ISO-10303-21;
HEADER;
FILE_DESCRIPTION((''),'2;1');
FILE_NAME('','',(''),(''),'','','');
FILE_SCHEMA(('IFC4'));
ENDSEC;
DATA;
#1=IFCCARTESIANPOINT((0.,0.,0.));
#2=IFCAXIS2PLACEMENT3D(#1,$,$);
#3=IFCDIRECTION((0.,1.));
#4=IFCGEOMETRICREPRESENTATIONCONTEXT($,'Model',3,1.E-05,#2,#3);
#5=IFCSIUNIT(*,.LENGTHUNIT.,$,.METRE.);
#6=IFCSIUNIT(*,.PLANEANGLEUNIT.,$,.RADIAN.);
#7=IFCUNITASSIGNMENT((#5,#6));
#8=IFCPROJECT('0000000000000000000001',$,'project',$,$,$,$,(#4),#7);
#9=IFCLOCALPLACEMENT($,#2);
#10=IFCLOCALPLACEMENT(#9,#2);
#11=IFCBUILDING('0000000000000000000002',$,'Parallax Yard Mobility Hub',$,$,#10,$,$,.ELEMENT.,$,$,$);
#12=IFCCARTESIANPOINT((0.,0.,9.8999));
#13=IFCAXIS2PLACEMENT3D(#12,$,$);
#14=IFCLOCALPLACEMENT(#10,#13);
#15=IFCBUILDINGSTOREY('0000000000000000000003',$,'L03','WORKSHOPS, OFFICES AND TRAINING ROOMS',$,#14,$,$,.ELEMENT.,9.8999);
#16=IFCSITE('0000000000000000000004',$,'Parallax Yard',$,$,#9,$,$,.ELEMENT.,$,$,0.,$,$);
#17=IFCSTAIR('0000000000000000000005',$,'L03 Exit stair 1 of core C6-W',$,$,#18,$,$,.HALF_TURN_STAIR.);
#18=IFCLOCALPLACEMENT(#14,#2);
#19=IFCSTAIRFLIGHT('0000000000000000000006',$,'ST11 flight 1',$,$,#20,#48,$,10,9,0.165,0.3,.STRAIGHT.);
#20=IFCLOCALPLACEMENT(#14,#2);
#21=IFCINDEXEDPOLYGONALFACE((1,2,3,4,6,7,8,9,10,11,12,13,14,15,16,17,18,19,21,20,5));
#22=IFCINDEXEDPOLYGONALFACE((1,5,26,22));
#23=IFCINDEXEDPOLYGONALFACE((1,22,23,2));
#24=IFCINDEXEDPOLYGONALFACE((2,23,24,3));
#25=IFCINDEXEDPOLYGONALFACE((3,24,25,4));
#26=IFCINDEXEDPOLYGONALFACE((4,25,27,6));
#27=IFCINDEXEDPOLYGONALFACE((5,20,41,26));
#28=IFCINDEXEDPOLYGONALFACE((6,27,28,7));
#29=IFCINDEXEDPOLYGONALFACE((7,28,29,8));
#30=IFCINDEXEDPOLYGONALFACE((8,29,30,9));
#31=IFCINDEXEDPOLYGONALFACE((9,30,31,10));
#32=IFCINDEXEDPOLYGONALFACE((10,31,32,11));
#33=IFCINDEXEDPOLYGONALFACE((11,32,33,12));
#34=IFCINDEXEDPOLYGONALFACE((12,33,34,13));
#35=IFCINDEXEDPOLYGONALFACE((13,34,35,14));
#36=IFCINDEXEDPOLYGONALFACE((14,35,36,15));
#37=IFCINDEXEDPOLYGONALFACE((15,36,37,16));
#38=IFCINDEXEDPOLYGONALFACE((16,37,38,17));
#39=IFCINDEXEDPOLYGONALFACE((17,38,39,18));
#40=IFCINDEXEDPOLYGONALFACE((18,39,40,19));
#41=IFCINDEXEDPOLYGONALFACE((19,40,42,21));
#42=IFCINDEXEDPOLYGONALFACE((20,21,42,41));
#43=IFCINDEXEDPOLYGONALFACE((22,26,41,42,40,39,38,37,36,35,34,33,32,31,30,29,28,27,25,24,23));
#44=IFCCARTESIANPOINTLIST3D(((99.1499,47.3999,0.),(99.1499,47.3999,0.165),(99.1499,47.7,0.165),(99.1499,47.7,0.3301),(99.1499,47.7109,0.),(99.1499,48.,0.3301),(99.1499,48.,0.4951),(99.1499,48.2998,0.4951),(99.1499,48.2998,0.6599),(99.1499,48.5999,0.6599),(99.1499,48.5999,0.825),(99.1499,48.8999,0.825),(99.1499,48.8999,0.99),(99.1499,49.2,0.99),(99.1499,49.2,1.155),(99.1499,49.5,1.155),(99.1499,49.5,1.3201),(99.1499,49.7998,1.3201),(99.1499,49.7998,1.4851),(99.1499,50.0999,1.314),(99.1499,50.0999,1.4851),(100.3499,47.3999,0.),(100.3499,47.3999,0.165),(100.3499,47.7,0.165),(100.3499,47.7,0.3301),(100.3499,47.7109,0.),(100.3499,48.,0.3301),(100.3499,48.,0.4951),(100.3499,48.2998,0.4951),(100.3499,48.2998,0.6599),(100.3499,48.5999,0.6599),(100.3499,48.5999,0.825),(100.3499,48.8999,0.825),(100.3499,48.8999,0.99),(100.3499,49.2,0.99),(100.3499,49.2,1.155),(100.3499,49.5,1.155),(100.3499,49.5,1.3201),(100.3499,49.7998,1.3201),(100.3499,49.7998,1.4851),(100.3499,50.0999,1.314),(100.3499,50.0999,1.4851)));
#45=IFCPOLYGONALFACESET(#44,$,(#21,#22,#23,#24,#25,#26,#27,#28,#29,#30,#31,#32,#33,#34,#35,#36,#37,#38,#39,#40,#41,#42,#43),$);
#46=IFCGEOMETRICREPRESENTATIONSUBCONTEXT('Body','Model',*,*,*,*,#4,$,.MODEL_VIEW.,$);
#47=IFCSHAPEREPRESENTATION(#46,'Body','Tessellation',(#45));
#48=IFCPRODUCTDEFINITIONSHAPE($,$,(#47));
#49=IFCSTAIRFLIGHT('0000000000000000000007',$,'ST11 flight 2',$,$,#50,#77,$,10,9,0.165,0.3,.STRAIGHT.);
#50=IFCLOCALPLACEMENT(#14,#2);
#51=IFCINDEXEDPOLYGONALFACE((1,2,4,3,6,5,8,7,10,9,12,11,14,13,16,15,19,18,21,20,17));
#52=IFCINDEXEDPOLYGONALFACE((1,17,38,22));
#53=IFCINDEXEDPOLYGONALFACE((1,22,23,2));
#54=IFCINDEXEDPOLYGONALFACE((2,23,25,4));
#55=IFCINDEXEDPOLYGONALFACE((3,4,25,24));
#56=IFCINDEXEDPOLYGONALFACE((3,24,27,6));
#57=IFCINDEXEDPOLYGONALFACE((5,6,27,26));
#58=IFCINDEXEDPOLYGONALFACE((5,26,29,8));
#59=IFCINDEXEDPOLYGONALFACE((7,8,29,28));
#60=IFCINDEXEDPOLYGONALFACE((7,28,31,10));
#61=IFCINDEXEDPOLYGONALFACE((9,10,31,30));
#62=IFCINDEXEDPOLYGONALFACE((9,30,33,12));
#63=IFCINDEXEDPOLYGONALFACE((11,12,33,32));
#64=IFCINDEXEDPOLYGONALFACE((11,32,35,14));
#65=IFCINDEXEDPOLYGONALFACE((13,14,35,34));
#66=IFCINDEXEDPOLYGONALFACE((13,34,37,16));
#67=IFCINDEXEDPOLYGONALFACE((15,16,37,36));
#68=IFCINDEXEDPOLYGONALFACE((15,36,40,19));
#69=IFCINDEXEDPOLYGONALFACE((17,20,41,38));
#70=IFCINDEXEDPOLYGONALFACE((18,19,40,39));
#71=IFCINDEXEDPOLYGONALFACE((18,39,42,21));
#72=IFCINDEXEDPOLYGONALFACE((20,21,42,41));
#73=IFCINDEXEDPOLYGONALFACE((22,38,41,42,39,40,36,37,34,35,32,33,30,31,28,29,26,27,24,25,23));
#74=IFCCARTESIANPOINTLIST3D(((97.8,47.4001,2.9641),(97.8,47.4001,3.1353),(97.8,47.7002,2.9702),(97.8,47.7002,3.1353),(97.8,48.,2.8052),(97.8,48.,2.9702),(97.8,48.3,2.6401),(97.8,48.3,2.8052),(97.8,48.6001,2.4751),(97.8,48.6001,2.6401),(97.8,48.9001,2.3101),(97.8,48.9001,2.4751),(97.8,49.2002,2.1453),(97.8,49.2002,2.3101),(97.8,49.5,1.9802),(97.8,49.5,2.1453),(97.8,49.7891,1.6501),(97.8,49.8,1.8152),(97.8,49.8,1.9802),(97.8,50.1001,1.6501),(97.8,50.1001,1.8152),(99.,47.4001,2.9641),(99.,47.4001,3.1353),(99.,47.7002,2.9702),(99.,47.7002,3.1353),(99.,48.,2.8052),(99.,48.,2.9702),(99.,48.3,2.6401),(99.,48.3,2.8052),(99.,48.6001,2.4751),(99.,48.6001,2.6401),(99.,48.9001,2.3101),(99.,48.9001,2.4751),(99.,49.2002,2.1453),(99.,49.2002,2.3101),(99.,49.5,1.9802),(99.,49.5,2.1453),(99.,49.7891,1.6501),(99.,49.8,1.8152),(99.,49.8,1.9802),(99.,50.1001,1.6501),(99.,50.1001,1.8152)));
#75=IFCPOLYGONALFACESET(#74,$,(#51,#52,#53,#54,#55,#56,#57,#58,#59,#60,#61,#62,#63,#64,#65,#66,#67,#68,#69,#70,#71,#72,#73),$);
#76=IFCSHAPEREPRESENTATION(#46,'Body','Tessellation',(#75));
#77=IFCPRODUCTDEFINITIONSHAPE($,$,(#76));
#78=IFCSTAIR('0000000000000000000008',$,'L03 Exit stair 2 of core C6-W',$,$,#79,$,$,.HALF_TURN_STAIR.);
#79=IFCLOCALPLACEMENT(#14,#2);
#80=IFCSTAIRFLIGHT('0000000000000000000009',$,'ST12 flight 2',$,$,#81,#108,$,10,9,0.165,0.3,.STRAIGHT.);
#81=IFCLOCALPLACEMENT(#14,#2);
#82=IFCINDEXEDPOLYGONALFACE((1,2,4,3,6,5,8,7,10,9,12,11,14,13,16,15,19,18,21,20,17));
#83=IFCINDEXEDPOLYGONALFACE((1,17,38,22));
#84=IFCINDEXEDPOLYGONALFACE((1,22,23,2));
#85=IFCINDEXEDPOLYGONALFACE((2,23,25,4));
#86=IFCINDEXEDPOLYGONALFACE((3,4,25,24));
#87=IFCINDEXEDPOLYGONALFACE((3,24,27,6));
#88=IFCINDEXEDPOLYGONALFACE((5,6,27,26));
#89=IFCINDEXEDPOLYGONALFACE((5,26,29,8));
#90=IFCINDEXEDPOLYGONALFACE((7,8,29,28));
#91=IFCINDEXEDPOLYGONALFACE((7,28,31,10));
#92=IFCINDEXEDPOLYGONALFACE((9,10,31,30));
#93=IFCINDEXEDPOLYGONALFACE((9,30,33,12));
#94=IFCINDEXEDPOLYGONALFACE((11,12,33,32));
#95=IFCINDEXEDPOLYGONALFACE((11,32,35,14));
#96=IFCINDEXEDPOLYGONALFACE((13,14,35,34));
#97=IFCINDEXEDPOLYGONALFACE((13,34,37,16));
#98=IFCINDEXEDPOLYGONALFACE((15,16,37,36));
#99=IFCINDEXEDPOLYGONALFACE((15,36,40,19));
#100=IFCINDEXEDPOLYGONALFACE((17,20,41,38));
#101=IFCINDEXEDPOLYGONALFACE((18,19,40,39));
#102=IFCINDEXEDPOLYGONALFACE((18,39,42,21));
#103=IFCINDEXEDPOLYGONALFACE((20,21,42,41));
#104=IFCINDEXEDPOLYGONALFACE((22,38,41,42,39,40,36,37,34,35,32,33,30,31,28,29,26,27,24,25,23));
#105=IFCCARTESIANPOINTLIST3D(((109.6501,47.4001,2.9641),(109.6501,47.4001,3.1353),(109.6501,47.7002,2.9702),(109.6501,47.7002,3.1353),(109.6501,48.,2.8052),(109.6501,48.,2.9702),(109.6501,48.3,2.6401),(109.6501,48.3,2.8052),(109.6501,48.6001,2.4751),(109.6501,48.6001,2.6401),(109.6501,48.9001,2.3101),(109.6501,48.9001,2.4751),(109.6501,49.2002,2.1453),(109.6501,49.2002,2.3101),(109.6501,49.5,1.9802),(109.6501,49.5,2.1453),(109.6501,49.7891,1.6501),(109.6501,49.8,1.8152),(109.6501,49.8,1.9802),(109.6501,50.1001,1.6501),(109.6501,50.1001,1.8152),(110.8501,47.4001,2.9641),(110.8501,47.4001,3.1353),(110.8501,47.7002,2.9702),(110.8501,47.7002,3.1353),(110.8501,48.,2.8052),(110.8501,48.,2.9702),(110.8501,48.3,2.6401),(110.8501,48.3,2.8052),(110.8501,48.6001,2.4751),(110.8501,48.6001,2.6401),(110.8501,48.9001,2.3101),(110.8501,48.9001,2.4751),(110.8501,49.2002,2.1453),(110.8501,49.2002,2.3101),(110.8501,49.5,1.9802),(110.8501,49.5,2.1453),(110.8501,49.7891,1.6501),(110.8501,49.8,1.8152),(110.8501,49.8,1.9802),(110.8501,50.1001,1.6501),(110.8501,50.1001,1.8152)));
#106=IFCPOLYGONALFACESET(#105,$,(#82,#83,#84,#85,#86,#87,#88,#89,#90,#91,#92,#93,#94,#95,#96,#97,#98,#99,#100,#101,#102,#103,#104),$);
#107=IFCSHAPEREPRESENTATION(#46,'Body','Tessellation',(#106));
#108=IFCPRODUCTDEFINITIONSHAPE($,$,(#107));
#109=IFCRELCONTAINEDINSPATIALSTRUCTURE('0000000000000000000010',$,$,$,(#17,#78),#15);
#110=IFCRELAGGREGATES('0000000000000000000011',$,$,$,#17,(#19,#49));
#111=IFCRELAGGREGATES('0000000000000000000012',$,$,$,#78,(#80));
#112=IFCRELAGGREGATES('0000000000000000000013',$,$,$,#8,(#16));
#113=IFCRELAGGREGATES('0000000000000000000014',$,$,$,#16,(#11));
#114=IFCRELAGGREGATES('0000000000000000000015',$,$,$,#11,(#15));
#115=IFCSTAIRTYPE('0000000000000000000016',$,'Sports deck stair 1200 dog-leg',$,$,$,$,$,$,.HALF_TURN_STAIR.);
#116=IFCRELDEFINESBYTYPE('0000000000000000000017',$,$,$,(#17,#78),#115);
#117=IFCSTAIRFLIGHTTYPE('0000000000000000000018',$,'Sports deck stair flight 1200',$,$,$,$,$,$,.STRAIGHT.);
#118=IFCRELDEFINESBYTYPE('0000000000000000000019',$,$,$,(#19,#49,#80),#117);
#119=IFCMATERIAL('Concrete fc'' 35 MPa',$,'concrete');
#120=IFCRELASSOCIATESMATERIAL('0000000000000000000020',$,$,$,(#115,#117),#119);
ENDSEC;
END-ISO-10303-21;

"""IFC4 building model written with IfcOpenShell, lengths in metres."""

from ifc_helpers import new_model, si_unit, direction, frame, origin, place, context, subcontext, project, spatial, polyline, outline, extrude, material, type_object, element, aggregate, save


model = new_model("IFC4")

# Units and contexts
model_context = context("Model", 3, precision=1e-05, world=origin(), true_north=direction((0.0, 1.0)))
body_context = subcontext(model_context, "Body", "Model", "MODEL_VIEW")
ifc_project = project(units=[si_unit("LENGTHUNIT", "METRE"), si_unit("PLANEANGLEUNIT", "RADIAN")], contexts=[model_context])

# Site, building, storey
site_placement = place(None, origin())
site = spatial("IfcSite", under=ifc_project, at=site_placement, Name="Parallax Yard", CompositionType="ELEMENT", RefElevation=0.0)
building_placement = place(site_placement, origin())
building = spatial("IfcBuilding", under=site, at=building_placement, Name="Parallax Yard Mobility Hub", CompositionType="ELEMENT")
storey_placement = place(building_placement, frame((0.0, 0.0, 9.8999)))
storey = spatial("IfcBuildingStorey", under=building, at=storey_placement, Name="L03", Description="WORKSHOPS, OFFICES AND TRAINING ROOMS", CompositionType="ELEMENT", Elevation=9.8999)

# Shared definitions
ifc_material_1 = material(Name="Concrete fc' 35 MPa", Category="concrete")

# Stair, stair flights
stair_type = type_object("IfcStairType", Name="Sports deck stair 1200 dog-leg", PredefinedType="HALF_TURN_STAIR", material=ifc_material_1)
stair_1_placement = place(storey_placement, origin())
stair_1 = element("IfcStair", 1, at=stair_1_placement, inside=storey, type_object=stair_type, Name="L03 Exit stair 1 of core C6-W", PredefinedType="HALF_TURN_STAIR")
stair_flight_type = type_object("IfcStairFlightType", Name="Sports deck stair flight 1200", PredefinedType="STRAIGHT", material=ifc_material_1)
stair_flight_1_placement = place(storey_placement, frame((99.75, 47.3999, 0.0), z_axis=(0.0, 0.0, 1.0), x_axis=(0.0, 1.0, 0.0)))
stair_flight_1 = element("IfcStairFlight", 2, at=stair_flight_1_placement, type_object=stair_flight_type, Name="ST11 flight 1", NumberOfRisers=10, NumberOfTreads=9, PredefinedType="STRAIGHT", RiserHeight=0.165, TreadLength=0.3, context=body_context, shape_type="SweptSolid", body=[
    extrude(outline(polyline([(0.0, 0.0), (0.0, 0.165), (0.3, 0.165), (0.3, 0.3301), (0.6001, 0.3301), (0.6001, 0.4951), (0.8999, 0.4951), (0.8999, 0.6599), (1.2, 0.6599), (1.2, 0.825), (1.5, 0.825), (1.5, 0.99), (1.8, 0.99), (1.8, 1.155), (2.1001, 1.155), (2.1001, 1.3201), (2.3999, 1.3201), (2.3999, 1.4851), (2.7, 1.4851), (2.7, 1.6499), (2.7, 1.314), (0.311, 0.0), (0.0, 0.0)])), frame((0.0, 0.6001, 0.0), z_axis=(0.0, -1.0, 0.0), x_axis=(1.0, 0.0, 0.0)), (0.0, 0.0, 1.0), 1.2),
])
stair_flight_2_placement = place(storey_placement, frame((98.3999, 50.1001, 1.6501), z_axis=(0.0, 0.0, 1.0), x_axis=(0.0, -1.0, 0.0)))
stair_flight_2 = element("IfcStairFlight", 3, at=stair_flight_2_placement, type_object=stair_flight_type, Name="ST11 flight 2", NumberOfRisers=10, NumberOfTreads=9, PredefinedType="STRAIGHT", RiserHeight=0.165, TreadLength=0.3, context=body_context, shape_type="SweptSolid", body=[
    extrude(outline(polyline([(0.0, 0.0), (0.0, 0.165), (0.3, 0.165), (0.3, 0.3301), (0.6001, 0.3301), (0.6001, 0.4951), (0.8999, 0.4951), (0.8999, 0.6599), (1.2, 0.6599), (1.2, 0.825), (1.5, 0.825), (1.5, 0.99), (1.8, 0.99), (1.8, 1.155), (2.1001, 1.155), (2.1001, 1.3201), (2.3999, 1.3201), (2.3999, 1.4851), (2.7, 1.4851), (2.7, 1.6499), (2.7, 1.314), (0.311, 0.0), (0.0, 0.0)])), frame((0.0, 0.6001, 0.0), z_axis=(0.0, -1.0, 0.0), x_axis=(1.0, 0.0, 0.0)), (0.0, 0.0, 1.0), 1.2),
])
aggregate(stair_1, [stair_flight_1, stair_flight_2])

# Stair, stair flight
stair_2_placement = place(storey_placement, origin())
stair_2 = element("IfcStair", 4, at=stair_2_placement, inside=storey, type_object=stair_type, Name="L03 Exit stair 2 of core C6-W", PredefinedType="HALF_TURN_STAIR")
stair_flight_3_placement = place(storey_placement, frame((110.25, 50.1001, 1.6501), z_axis=(0.0, 0.0, 1.0), x_axis=(0.0, -1.0, 0.0)))
stair_flight_3 = element("IfcStairFlight", 5, at=stair_flight_3_placement, type_object=stair_flight_type, Name="ST12 flight 2", NumberOfRisers=10, NumberOfTreads=9, PredefinedType="STRAIGHT", RiserHeight=0.165, TreadLength=0.3, context=body_context, shape_type="SweptSolid", body=[
    extrude(outline(polyline([(0.0, 0.0), (0.0, 0.165), (0.3, 0.165), (0.3, 0.3301), (0.6001, 0.3301), (0.6001, 0.4951), (0.8999, 0.4951), (0.8999, 0.6599), (1.2, 0.6599), (1.2, 0.825), (1.5, 0.825), (1.5, 0.99), (1.8, 0.99), (1.8, 1.155), (2.1001, 1.155), (2.1001, 1.3201), (2.3999, 1.3201), (2.3999, 1.4851), (2.7, 1.4851), (2.7, 1.6499), (2.7, 1.314), (0.311, 0.0), (0.0, 0.0)])), frame((0.0, 0.6001, 0.0), z_axis=(0.0, -1.0, 0.0), x_axis=(1.0, 0.0, 0.0)), (0.0, 0.0, 1.0), 1.2),
])
aggregate(stair_2, [stair_flight_3])

save(model, "model.ifc")
